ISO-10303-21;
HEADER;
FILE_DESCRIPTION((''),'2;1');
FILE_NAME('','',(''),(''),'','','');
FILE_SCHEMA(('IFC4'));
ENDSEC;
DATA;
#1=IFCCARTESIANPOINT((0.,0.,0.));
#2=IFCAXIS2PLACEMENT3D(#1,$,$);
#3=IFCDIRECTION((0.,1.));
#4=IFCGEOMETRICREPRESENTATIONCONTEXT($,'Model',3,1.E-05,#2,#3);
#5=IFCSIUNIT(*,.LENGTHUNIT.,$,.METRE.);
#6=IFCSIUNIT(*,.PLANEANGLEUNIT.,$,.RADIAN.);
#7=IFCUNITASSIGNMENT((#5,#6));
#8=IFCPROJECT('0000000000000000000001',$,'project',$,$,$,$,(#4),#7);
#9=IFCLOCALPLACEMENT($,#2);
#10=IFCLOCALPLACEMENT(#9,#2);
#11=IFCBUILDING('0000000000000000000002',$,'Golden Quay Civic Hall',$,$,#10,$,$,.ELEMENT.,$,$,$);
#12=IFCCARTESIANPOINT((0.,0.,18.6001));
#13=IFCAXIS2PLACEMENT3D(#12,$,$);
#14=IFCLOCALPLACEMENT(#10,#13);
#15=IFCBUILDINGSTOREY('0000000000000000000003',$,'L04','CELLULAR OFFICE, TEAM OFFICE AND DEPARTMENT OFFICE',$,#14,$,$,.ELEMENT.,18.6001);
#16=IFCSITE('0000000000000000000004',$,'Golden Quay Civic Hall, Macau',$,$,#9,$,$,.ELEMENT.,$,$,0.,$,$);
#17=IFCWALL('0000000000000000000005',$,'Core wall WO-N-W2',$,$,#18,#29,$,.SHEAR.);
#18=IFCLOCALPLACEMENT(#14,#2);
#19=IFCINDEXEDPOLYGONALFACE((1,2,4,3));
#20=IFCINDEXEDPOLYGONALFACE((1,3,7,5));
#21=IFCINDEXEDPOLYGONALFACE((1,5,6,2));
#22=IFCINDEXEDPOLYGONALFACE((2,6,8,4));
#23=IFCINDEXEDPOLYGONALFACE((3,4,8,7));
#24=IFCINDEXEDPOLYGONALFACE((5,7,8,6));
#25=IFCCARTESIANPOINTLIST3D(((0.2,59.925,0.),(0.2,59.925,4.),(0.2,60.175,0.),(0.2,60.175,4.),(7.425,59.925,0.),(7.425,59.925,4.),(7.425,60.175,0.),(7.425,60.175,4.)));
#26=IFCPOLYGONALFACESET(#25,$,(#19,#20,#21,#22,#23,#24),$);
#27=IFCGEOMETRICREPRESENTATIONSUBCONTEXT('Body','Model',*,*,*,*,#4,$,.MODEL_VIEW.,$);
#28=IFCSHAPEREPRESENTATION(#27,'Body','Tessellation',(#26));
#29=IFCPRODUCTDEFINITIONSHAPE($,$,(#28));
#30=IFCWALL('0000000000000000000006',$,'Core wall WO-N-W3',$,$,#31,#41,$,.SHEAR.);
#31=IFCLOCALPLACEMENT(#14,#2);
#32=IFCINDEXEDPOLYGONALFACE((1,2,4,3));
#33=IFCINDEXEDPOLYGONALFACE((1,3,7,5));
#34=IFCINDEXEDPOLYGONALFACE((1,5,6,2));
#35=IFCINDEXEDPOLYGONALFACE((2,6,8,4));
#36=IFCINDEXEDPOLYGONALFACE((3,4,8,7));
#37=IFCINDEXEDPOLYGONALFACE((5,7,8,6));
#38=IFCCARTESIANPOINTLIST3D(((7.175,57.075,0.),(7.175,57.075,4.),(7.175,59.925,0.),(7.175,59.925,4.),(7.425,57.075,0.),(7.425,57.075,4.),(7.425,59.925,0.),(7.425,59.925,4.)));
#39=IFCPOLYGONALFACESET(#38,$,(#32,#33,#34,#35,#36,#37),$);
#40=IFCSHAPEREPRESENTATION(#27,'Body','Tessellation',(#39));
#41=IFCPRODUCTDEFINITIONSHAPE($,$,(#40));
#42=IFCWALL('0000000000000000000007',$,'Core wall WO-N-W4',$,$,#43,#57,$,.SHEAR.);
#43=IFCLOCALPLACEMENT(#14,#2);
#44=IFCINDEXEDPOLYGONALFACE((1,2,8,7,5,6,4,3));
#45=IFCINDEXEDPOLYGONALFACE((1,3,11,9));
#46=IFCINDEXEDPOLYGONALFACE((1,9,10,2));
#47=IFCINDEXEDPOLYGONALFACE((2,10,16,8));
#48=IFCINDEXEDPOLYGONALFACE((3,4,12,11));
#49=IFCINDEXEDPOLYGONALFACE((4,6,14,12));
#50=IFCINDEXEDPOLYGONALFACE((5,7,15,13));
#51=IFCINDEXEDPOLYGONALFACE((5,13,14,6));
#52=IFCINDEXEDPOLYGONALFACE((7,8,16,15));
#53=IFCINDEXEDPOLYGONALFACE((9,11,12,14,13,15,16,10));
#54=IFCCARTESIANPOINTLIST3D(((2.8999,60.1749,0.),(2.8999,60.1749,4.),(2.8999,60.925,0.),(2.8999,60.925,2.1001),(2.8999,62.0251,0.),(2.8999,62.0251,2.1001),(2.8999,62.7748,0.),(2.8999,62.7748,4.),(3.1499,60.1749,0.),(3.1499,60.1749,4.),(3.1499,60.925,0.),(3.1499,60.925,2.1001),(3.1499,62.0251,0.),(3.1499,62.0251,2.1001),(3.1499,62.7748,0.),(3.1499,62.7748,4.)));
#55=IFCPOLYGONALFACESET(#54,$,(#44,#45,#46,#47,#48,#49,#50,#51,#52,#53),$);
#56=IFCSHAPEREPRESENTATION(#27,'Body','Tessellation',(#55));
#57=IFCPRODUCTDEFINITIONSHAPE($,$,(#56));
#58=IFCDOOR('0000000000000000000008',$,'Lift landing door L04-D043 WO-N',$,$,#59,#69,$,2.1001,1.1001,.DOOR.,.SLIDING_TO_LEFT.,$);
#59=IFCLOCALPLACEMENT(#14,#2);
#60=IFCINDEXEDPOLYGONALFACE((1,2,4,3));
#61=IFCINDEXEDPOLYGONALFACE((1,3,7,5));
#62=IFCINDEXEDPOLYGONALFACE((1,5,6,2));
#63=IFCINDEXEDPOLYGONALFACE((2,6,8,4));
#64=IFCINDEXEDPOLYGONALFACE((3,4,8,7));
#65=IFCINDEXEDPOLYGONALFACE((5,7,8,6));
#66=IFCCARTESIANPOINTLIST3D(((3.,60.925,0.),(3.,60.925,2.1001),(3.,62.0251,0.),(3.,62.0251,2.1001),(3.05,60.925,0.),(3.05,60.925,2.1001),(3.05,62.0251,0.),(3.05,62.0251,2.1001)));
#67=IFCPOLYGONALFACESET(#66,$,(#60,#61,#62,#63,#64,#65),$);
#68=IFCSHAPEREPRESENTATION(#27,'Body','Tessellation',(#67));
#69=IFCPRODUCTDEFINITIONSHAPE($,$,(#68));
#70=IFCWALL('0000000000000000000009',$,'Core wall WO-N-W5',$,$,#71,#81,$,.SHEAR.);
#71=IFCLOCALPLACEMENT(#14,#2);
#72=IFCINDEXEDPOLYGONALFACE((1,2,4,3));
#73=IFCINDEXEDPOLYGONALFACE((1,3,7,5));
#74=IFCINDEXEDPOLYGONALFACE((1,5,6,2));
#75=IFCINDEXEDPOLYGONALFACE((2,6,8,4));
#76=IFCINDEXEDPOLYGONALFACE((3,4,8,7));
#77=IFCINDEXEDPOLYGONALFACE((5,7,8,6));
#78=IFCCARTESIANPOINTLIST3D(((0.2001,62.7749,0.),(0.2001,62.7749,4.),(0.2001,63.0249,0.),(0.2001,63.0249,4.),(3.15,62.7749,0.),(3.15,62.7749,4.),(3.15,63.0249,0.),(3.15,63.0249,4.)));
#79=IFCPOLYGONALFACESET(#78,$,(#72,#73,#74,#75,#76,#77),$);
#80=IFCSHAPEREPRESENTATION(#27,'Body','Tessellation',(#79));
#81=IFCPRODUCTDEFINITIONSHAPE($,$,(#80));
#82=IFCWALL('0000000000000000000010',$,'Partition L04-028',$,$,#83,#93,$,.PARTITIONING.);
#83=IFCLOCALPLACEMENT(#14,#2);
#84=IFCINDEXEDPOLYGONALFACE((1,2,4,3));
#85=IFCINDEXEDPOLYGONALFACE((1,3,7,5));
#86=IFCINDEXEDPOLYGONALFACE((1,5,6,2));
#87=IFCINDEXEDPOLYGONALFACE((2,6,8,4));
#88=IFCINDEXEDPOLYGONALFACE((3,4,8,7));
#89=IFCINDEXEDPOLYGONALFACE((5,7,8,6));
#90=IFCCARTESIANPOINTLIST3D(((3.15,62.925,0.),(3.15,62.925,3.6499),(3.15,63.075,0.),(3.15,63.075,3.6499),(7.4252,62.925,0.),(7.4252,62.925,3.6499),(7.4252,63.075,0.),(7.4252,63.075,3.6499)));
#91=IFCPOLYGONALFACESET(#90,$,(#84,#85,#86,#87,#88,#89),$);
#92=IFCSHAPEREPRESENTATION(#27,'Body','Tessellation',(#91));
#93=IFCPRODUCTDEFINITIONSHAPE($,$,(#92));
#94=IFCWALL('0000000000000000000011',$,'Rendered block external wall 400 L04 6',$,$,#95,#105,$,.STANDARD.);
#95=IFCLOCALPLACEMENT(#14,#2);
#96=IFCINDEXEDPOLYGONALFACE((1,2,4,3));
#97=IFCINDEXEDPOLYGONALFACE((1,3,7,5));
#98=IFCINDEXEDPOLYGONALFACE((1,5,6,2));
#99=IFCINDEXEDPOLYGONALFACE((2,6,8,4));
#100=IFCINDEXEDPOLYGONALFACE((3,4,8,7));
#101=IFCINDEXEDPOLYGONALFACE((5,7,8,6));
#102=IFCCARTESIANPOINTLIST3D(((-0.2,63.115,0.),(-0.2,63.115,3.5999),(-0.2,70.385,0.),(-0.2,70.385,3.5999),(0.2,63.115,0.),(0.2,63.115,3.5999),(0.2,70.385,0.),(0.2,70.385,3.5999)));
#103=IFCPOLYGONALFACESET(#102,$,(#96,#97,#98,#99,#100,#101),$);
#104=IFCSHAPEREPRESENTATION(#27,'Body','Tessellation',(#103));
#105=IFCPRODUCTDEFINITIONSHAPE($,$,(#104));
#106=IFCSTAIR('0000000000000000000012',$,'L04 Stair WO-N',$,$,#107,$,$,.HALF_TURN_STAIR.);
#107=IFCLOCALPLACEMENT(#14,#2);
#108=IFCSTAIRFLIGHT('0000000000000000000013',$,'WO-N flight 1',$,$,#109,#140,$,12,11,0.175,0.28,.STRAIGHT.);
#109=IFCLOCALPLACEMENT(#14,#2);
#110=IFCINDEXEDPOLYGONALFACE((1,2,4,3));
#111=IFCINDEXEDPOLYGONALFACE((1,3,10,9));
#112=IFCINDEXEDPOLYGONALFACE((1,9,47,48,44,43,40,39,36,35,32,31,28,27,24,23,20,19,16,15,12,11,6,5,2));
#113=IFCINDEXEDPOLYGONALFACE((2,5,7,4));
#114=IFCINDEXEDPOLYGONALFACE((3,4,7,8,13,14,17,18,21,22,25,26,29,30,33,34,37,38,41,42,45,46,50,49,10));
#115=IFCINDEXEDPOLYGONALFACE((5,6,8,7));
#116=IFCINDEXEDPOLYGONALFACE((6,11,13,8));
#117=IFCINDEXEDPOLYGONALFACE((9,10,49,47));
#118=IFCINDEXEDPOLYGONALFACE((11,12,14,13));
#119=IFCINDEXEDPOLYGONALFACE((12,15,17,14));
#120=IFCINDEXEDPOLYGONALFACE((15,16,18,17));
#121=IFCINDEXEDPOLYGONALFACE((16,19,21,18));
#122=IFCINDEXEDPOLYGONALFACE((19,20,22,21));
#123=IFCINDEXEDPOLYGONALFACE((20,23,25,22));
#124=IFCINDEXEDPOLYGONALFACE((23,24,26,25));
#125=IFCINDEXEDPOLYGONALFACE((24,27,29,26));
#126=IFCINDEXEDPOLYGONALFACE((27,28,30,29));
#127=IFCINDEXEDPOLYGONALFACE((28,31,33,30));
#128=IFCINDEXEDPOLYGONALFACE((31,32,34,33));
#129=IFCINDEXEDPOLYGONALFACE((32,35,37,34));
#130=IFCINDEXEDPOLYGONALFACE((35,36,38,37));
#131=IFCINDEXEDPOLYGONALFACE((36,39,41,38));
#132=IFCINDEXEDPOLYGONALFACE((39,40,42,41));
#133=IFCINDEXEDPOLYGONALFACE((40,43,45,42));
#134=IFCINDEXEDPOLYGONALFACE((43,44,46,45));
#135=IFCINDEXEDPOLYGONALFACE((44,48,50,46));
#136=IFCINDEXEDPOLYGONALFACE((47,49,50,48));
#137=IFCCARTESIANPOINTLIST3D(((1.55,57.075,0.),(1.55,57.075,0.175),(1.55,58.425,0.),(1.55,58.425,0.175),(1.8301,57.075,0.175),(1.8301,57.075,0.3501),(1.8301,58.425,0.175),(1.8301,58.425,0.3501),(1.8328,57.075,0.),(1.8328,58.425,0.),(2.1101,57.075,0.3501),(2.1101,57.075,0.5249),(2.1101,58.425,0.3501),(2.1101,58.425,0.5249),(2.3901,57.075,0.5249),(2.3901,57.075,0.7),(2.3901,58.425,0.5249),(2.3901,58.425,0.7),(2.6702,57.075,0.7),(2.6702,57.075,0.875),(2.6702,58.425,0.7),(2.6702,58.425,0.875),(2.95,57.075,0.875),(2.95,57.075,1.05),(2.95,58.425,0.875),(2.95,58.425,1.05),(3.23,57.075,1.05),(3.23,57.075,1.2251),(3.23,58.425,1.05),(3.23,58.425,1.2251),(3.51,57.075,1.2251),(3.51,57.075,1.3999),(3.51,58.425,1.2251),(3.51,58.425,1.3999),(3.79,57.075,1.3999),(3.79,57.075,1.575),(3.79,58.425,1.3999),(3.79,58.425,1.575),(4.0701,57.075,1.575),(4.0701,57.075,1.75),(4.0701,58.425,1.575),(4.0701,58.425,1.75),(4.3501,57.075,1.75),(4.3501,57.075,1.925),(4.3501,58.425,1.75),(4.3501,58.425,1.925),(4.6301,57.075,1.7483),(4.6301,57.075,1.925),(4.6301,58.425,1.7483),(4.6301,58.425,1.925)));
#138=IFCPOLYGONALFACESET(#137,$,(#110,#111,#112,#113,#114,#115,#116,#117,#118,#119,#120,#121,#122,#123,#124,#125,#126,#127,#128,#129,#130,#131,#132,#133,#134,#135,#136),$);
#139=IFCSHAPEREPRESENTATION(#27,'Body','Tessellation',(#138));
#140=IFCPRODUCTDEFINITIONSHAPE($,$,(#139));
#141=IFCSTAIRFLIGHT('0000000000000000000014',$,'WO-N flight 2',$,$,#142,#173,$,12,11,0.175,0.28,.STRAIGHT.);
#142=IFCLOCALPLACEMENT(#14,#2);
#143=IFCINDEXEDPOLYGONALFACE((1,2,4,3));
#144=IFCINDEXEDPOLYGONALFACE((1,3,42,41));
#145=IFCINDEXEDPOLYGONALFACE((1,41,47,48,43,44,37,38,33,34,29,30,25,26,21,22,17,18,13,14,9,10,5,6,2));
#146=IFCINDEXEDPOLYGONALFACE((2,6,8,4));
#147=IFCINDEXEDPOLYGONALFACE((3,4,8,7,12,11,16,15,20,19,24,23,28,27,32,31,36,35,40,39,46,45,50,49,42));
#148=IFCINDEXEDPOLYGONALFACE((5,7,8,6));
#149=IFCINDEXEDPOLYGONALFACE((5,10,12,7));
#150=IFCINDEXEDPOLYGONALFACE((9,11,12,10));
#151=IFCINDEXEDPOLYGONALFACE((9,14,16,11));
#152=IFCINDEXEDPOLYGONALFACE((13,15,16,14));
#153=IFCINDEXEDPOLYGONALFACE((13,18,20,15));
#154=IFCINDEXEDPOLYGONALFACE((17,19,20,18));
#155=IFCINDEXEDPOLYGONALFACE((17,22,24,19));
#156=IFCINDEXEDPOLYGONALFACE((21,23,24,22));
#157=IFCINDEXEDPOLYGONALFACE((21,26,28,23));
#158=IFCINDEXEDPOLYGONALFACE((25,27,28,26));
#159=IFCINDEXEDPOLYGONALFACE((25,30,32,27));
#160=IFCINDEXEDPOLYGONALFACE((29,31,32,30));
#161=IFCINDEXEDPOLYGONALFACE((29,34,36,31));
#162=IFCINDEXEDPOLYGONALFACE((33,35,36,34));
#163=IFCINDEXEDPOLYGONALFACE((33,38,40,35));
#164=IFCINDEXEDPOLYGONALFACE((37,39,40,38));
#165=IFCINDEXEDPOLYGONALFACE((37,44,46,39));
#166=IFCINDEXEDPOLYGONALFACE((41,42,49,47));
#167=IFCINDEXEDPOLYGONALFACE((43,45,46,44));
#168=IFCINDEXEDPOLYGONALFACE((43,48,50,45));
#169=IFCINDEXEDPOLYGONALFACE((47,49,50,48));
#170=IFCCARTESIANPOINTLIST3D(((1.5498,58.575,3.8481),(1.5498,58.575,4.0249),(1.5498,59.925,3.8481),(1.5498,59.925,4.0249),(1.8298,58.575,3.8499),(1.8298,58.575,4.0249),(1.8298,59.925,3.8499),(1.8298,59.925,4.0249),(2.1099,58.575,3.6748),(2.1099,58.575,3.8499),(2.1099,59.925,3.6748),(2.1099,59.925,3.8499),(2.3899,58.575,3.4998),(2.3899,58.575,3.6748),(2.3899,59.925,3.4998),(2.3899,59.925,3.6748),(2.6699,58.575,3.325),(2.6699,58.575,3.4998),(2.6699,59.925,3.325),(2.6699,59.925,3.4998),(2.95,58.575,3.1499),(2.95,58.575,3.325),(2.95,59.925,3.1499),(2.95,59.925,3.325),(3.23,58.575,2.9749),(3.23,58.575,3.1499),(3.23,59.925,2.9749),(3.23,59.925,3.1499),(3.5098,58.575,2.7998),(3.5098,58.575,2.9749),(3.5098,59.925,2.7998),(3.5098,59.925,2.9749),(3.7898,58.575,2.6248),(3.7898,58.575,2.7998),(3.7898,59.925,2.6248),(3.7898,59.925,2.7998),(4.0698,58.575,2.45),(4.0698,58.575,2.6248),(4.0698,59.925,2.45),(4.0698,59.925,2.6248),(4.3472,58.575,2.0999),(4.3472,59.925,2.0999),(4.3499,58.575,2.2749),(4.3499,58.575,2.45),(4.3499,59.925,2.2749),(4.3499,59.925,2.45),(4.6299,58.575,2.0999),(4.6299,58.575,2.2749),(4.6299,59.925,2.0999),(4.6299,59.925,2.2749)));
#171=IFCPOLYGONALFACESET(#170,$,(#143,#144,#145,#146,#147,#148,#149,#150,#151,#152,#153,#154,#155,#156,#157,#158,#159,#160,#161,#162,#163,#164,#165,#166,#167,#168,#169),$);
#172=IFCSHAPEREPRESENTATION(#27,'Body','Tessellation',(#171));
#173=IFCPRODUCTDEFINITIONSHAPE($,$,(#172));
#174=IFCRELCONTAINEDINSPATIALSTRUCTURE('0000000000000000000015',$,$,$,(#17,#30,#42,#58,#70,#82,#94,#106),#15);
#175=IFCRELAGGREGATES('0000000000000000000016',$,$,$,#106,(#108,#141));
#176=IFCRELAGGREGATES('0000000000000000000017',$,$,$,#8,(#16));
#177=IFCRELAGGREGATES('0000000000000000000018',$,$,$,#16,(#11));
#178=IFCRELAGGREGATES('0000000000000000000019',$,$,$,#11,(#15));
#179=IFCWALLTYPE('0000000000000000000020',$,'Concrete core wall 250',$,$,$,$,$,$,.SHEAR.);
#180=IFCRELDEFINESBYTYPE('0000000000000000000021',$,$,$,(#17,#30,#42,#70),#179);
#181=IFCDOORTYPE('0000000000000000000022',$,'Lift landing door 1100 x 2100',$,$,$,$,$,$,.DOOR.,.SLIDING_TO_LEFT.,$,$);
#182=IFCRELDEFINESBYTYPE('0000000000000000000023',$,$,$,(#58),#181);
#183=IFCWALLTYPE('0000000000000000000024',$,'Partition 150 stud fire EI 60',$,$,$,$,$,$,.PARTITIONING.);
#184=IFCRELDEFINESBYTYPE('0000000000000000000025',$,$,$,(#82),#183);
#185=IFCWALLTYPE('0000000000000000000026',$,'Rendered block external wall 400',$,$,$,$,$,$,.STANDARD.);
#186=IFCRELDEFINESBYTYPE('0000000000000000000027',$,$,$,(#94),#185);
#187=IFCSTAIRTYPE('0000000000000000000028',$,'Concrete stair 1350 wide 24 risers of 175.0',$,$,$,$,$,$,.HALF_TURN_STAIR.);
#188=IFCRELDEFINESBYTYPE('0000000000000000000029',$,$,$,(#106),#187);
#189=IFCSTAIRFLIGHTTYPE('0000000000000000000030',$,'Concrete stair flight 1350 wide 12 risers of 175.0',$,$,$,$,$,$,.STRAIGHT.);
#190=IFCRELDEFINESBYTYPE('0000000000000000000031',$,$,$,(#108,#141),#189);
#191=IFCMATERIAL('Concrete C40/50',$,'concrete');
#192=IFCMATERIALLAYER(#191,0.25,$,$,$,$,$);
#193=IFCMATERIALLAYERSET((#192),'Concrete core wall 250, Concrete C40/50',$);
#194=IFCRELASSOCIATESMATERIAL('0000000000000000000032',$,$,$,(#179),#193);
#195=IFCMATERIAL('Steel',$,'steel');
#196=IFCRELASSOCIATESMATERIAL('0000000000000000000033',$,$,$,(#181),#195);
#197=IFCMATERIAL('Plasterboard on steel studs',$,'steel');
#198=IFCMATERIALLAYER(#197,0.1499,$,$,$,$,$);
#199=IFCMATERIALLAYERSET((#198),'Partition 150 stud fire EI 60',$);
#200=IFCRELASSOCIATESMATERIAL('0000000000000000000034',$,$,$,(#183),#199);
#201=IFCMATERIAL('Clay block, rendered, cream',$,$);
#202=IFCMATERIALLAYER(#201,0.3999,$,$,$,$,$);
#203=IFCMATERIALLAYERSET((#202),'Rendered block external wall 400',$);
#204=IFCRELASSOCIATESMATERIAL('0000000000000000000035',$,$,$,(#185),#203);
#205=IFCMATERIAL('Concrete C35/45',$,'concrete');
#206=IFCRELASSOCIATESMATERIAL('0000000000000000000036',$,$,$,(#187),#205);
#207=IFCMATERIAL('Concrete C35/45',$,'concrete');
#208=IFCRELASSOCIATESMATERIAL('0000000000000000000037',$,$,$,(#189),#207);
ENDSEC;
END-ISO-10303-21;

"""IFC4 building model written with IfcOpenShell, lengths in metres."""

from ifc_helpers import new_model, si_unit, direction, frame, frame_2d, origin, place, context, subcontext, project, spatial, polyline, rectangle, outline, extrude, material, layer, layer_set, type_object, element, fill, aggregate, save


model = new_model("IFC4")

# Units and contexts
model_context = context("Model", 3, precision=1e-05, world=origin(), true_north=direction((0.0, 1.0)))
body_context = subcontext(model_context, "Body", "Model", "MODEL_VIEW")
ifc_project = project(units=[si_unit("LENGTHUNIT", "METRE"), si_unit("PLANEANGLEUNIT", "RADIAN")], contexts=[model_context])

# Site, building, storey
site_placement = place(None, origin())
site = spatial("IfcSite", under=ifc_project, at=site_placement, Name="Golden Quay Civic Hall, Macau", CompositionType="ELEMENT", RefElevation=0.0)
building_placement = place(site_placement, origin())
building = spatial("IfcBuilding", under=site, at=building_placement, Name="Golden Quay Civic Hall", CompositionType="ELEMENT")
storey_placement = place(building_placement, frame((0.0, 0.0, 18.6001)))
storey = spatial("IfcBuildingStorey", under=building, at=storey_placement, Name="L04", Description="CELLULAR OFFICE, TEAM OFFICE AND DEPARTMENT OFFICE", CompositionType="ELEMENT", Elevation=18.6001)

# Shared definitions
ifc_material_1 = material(Name="Concrete C40/50", Category="concrete")
ifc_layer_1 = layer(ifc_material_1, 0.25)
ifc_layer_set_1 = layer_set([ifc_layer_1], Name="Concrete core wall 250, Concrete C40/50")
wall_type_1 = type_object("IfcWallType", Name="Concrete core wall 250", PredefinedType="SHEAR", material=ifc_layer_set_1)

# Walls
wall_1_placement = place(storey_placement, frame((0.2, 60.05, 0.0), z_axis=(0.0, 0.0, 1.0), x_axis=(1.0, 0.0, 0.0)))
element("IfcWall", 1, at=wall_1_placement, inside=storey, type_object=wall_type_1, Name="Core wall WO-N-W2", PredefinedType="SHEAR", context=body_context, shape_type="SweptSolid", body=[
    extrude(rectangle(XDim=7.2251, YDim=0.25, at=frame_2d((3.6125, 0.0))), origin(), (0.0, 0.0, 1.0), 4.0),
])
wall_2_placement = place(storey_placement, frame((7.3, 57.075, 0.0), z_axis=(0.0, 0.0, 1.0), x_axis=(0.0, 1.0, 0.0)))
element("IfcWall", 2, at=wall_2_placement, inside=storey, type_object=wall_type_1, Name="Core wall WO-N-W3", PredefinedType="SHEAR", context=body_context, shape_type="SweptSolid", body=[
    extrude(rectangle(XDim=2.8501, YDim=0.25, at=frame_2d((1.425, 0.0))), origin(), (0.0, 0.0, 1.0), 4.0),
])

# Wall, opening, door
wall_3_placement = place(storey_placement, frame((3.0249, 60.175, 0.0), z_axis=(0.0, 0.0, 1.0), x_axis=(0.0, 1.0, 0.0)))
wall_3 = element("IfcWall", 3, at=wall_3_placement, inside=storey, type_object=wall_type_1, Name="Core wall WO-N-W4", PredefinedType="SHEAR", context=body_context, shape_type="SweptSolid", body=[
    extrude(rectangle(XDim=2.5999, YDim=0.25, at=frame_2d((1.2998, 0.0))), origin(), (0.0, 0.0, 1.0), 4.0),
])
opening_1_placement = place(wall_3_placement, frame((0.75, 0.0, 0.0)))
opening_1 = element("IfcOpeningElement", 4, at=opening_1_placement, cuts=wall_3, PredefinedType="OPENING", context=body_context, shape_type="SweptSolid", body=[
    extrude(rectangle(XDim=1.1001, YDim=2.1001, at=frame_2d((0.55, 1.05))), frame((0.0, 0.135, 0.0), z_axis=(0.0, -1.0, 0.0), x_axis=(1.0, 0.0, 0.0)), (0.0, 0.0, 1.0), 0.27),
])
ifc_material_2 = material(Name="Steel", Category="steel")
door_type_1 = type_object("IfcDoorType", Name="Lift landing door 1100 x 2100", OperationType="SLIDING_TO_LEFT", PredefinedType="DOOR", material=ifc_material_2)
door_1_placement = place(opening_1_placement, origin())
door_1 = element("IfcDoor", 5, at=door_1_placement, inside=storey, type_object=door_type_1, Name="Lift landing door L04-D043 WO-N", OperationType="SLIDING_TO_LEFT", OverallHeight=2.1001, OverallWidth=1.1001, PredefinedType="DOOR", context=body_context, shape_type="SweptSolid", body=[
    extrude(rectangle(XDim=1.1001, YDim=2.1001, at=frame_2d((0.55, 1.05))), frame((0.0, 0.0249, 0.0), z_axis=(0.0, -1.0, 0.0), x_axis=(1.0, 0.0, 0.0)), (0.0, 0.0, 1.0), 0.05),
])
fill(opening_1, door_1)

# Walls
wall_4_placement = place(storey_placement, frame((0.2, 62.8999, 0.0), z_axis=(0.0, 0.0, 1.0), x_axis=(1.0, 0.0, 0.0)))
element("IfcWall", 6, at=wall_4_placement, inside=storey, type_object=wall_type_1, Name="Core wall WO-N-W5", PredefinedType="SHEAR", context=body_context, shape_type="SweptSolid", body=[
    extrude(rectangle(XDim=2.95, YDim=0.25, at=frame_2d((1.4751, 0.0))), origin(), (0.0, 0.0, 1.0), 4.0),
])
ifc_material_3 = material(Name="Plasterboard on steel studs", Category="steel")
ifc_layer_2 = layer(ifc_material_3, 0.1499)
ifc_layer_set_2 = layer_set([ifc_layer_2], Name="Partition 150 stud fire EI 60")
wall_type_2 = type_object("IfcWallType", Name="Partition 150 stud fire EI 60", PredefinedType="PARTITIONING", material=ifc_layer_set_2)
wall_5_placement = place(storey_placement, frame((3.1499, 63.0, 0.0), z_axis=(0.0, 0.0, 1.0), x_axis=(1.0, 0.0, 0.0)))
element("IfcWall", 7, at=wall_5_placement, inside=storey, type_object=wall_type_2, Name="Partition L04-028", PredefinedType="PARTITIONING", context=body_context, shape_type="SweptSolid", body=[
    extrude(rectangle(XDim=4.2751, YDim=0.1499, at=frame_2d((2.1377, 0.0))), origin(), (0.0, 0.0, 1.0), 3.6499),
])
ifc_material_4 = material(Name="Clay block, rendered, cream")
ifc_layer_3 = layer(ifc_material_4, 0.3999)
ifc_layer_set_3 = layer_set([ifc_layer_3], Name="Rendered block external wall 400")
wall_type_3 = type_object("IfcWallType", Name="Rendered block external wall 400", PredefinedType="STANDARD", material=ifc_layer_set_3)
wall_6_placement = place(storey_placement, frame((0.0, 63.115, 0.0), z_axis=(0.0, 0.0, 1.0), x_axis=(0.0, 1.0, 0.0)))
element("IfcWall", 8, at=wall_6_placement, inside=storey, type_object=wall_type_3, Name="Rendered block external wall 400 L04 6", PredefinedType="STANDARD", context=body_context, shape_type="SweptSolid", body=[
    extrude(rectangle(XDim=7.27, YDim=0.3999, at=frame_2d((3.635, 0.0))), origin(), (0.0, 0.0, 1.0), 3.5999),
])

# Stair, stair flights
ifc_material_5 = material(Name="Concrete C35/45", Category="concrete")
stair_type = type_object("IfcStairType", Name="Concrete stair 1350 wide 24 risers of 175.0", PredefinedType="HALF_TURN_STAIR", material=ifc_material_5)
stair_placement = place(storey_placement, origin())
stair = element("IfcStair", 9, at=stair_placement, inside=storey, type_object=stair_type, Name="L04 Stair WO-N", PredefinedType="HALF_TURN_STAIR")
ifc_material_6 = material(Name="Concrete C35/45", Category="concrete")
stair_flight_type = type_object("IfcStairFlightType", Name="Concrete stair flight 1350 wide 12 risers of 175.0", PredefinedType="STRAIGHT", material=ifc_material_6)
stair_flight_1_placement = place(storey_placement, frame((1.55, 57.75, 0.0), z_axis=(0.0, 0.0, 1.0), x_axis=(1.0, 0.0, 0.0)))
stair_flight_1 = element("IfcStairFlight", 10, at=stair_flight_1_placement, type_object=stair_flight_type, Name="WO-N flight 1", NumberOfRisers=12, NumberOfTreads=11, PredefinedType="STRAIGHT", RiserHeight=0.175, TreadLength=0.28, context=body_context, shape_type="SweptSolid", body=[
    extrude(outline(polyline([(0.0, 0.0), (0.0, 0.175), (0.28, 0.175), (0.28, 0.3501), (0.5601, 0.3501), (0.5601, 0.5249), (0.8401, 0.5249), (0.8401, 0.7), (1.1201, 0.7), (1.1201, 0.875), (1.3999, 0.875), (1.3999, 1.05), (1.6799, 1.05), (1.6799, 1.2251), (1.96, 1.2251), (1.96, 1.3999), (2.24, 1.3999), (2.24, 1.575), (2.52, 1.575), (2.52, 1.75), (2.8, 1.75), (2.8, 1.925), (3.0801, 1.925), (3.0801, 2.1001), (3.0801, 1.7483), (0.2827, 0.0), (0.0, 0.0)])), frame((0.0, 0.675, 0.0), z_axis=(0.0, -1.0, 0.0), x_axis=(1.0, 0.0, 0.0)), (0.0, 0.0, 1.0), 1.35),
])
stair_flight_2_placement = place(storey_placement, frame((4.6299, 59.25, 2.0999), z_axis=(0.0, 0.0, 1.0), x_axis=(-1.0, 0.0, 0.0)))
stair_flight_2 = element("IfcStairFlight", 11, at=stair_flight_2_placement, type_object=stair_flight_type, Name="WO-N flight 2", NumberOfRisers=12, NumberOfTreads=11, PredefinedType="STRAIGHT", RiserHeight=0.175, TreadLength=0.28, context=body_context, shape_type="SweptSolid", body=[
    extrude(outline(polyline([(0.0, 0.0), (0.0, 0.175), (0.28, 0.175), (0.28, 0.3501), (0.5601, 0.3501), (0.5601, 0.5249), (0.8401, 0.5249), (0.8401, 0.7), (1.1201, 0.7), (1.1201, 0.875), (1.3999, 0.875), (1.3999, 1.05), (1.6799, 1.05), (1.6799, 1.2251), (1.96, 1.2251), (1.96, 1.3999), (2.24, 1.3999), (2.24, 1.575), (2.52, 1.575), (2.52, 1.75), (2.8, 1.75), (2.8, 1.925), (3.0801, 1.925), (3.0801, 2.1001), (3.0801, 1.7483), (0.2827, 0.0), (0.0, 0.0)])), frame((0.0, 0.675, 0.0), z_axis=(0.0, -1.0, 0.0), x_axis=(1.0, 0.0, 0.0)), (0.0, 0.0, 1.0), 1.35),
])
aggregate(stair, [stair_flight_1, stair_flight_2])

save(model, "model.ifc")
